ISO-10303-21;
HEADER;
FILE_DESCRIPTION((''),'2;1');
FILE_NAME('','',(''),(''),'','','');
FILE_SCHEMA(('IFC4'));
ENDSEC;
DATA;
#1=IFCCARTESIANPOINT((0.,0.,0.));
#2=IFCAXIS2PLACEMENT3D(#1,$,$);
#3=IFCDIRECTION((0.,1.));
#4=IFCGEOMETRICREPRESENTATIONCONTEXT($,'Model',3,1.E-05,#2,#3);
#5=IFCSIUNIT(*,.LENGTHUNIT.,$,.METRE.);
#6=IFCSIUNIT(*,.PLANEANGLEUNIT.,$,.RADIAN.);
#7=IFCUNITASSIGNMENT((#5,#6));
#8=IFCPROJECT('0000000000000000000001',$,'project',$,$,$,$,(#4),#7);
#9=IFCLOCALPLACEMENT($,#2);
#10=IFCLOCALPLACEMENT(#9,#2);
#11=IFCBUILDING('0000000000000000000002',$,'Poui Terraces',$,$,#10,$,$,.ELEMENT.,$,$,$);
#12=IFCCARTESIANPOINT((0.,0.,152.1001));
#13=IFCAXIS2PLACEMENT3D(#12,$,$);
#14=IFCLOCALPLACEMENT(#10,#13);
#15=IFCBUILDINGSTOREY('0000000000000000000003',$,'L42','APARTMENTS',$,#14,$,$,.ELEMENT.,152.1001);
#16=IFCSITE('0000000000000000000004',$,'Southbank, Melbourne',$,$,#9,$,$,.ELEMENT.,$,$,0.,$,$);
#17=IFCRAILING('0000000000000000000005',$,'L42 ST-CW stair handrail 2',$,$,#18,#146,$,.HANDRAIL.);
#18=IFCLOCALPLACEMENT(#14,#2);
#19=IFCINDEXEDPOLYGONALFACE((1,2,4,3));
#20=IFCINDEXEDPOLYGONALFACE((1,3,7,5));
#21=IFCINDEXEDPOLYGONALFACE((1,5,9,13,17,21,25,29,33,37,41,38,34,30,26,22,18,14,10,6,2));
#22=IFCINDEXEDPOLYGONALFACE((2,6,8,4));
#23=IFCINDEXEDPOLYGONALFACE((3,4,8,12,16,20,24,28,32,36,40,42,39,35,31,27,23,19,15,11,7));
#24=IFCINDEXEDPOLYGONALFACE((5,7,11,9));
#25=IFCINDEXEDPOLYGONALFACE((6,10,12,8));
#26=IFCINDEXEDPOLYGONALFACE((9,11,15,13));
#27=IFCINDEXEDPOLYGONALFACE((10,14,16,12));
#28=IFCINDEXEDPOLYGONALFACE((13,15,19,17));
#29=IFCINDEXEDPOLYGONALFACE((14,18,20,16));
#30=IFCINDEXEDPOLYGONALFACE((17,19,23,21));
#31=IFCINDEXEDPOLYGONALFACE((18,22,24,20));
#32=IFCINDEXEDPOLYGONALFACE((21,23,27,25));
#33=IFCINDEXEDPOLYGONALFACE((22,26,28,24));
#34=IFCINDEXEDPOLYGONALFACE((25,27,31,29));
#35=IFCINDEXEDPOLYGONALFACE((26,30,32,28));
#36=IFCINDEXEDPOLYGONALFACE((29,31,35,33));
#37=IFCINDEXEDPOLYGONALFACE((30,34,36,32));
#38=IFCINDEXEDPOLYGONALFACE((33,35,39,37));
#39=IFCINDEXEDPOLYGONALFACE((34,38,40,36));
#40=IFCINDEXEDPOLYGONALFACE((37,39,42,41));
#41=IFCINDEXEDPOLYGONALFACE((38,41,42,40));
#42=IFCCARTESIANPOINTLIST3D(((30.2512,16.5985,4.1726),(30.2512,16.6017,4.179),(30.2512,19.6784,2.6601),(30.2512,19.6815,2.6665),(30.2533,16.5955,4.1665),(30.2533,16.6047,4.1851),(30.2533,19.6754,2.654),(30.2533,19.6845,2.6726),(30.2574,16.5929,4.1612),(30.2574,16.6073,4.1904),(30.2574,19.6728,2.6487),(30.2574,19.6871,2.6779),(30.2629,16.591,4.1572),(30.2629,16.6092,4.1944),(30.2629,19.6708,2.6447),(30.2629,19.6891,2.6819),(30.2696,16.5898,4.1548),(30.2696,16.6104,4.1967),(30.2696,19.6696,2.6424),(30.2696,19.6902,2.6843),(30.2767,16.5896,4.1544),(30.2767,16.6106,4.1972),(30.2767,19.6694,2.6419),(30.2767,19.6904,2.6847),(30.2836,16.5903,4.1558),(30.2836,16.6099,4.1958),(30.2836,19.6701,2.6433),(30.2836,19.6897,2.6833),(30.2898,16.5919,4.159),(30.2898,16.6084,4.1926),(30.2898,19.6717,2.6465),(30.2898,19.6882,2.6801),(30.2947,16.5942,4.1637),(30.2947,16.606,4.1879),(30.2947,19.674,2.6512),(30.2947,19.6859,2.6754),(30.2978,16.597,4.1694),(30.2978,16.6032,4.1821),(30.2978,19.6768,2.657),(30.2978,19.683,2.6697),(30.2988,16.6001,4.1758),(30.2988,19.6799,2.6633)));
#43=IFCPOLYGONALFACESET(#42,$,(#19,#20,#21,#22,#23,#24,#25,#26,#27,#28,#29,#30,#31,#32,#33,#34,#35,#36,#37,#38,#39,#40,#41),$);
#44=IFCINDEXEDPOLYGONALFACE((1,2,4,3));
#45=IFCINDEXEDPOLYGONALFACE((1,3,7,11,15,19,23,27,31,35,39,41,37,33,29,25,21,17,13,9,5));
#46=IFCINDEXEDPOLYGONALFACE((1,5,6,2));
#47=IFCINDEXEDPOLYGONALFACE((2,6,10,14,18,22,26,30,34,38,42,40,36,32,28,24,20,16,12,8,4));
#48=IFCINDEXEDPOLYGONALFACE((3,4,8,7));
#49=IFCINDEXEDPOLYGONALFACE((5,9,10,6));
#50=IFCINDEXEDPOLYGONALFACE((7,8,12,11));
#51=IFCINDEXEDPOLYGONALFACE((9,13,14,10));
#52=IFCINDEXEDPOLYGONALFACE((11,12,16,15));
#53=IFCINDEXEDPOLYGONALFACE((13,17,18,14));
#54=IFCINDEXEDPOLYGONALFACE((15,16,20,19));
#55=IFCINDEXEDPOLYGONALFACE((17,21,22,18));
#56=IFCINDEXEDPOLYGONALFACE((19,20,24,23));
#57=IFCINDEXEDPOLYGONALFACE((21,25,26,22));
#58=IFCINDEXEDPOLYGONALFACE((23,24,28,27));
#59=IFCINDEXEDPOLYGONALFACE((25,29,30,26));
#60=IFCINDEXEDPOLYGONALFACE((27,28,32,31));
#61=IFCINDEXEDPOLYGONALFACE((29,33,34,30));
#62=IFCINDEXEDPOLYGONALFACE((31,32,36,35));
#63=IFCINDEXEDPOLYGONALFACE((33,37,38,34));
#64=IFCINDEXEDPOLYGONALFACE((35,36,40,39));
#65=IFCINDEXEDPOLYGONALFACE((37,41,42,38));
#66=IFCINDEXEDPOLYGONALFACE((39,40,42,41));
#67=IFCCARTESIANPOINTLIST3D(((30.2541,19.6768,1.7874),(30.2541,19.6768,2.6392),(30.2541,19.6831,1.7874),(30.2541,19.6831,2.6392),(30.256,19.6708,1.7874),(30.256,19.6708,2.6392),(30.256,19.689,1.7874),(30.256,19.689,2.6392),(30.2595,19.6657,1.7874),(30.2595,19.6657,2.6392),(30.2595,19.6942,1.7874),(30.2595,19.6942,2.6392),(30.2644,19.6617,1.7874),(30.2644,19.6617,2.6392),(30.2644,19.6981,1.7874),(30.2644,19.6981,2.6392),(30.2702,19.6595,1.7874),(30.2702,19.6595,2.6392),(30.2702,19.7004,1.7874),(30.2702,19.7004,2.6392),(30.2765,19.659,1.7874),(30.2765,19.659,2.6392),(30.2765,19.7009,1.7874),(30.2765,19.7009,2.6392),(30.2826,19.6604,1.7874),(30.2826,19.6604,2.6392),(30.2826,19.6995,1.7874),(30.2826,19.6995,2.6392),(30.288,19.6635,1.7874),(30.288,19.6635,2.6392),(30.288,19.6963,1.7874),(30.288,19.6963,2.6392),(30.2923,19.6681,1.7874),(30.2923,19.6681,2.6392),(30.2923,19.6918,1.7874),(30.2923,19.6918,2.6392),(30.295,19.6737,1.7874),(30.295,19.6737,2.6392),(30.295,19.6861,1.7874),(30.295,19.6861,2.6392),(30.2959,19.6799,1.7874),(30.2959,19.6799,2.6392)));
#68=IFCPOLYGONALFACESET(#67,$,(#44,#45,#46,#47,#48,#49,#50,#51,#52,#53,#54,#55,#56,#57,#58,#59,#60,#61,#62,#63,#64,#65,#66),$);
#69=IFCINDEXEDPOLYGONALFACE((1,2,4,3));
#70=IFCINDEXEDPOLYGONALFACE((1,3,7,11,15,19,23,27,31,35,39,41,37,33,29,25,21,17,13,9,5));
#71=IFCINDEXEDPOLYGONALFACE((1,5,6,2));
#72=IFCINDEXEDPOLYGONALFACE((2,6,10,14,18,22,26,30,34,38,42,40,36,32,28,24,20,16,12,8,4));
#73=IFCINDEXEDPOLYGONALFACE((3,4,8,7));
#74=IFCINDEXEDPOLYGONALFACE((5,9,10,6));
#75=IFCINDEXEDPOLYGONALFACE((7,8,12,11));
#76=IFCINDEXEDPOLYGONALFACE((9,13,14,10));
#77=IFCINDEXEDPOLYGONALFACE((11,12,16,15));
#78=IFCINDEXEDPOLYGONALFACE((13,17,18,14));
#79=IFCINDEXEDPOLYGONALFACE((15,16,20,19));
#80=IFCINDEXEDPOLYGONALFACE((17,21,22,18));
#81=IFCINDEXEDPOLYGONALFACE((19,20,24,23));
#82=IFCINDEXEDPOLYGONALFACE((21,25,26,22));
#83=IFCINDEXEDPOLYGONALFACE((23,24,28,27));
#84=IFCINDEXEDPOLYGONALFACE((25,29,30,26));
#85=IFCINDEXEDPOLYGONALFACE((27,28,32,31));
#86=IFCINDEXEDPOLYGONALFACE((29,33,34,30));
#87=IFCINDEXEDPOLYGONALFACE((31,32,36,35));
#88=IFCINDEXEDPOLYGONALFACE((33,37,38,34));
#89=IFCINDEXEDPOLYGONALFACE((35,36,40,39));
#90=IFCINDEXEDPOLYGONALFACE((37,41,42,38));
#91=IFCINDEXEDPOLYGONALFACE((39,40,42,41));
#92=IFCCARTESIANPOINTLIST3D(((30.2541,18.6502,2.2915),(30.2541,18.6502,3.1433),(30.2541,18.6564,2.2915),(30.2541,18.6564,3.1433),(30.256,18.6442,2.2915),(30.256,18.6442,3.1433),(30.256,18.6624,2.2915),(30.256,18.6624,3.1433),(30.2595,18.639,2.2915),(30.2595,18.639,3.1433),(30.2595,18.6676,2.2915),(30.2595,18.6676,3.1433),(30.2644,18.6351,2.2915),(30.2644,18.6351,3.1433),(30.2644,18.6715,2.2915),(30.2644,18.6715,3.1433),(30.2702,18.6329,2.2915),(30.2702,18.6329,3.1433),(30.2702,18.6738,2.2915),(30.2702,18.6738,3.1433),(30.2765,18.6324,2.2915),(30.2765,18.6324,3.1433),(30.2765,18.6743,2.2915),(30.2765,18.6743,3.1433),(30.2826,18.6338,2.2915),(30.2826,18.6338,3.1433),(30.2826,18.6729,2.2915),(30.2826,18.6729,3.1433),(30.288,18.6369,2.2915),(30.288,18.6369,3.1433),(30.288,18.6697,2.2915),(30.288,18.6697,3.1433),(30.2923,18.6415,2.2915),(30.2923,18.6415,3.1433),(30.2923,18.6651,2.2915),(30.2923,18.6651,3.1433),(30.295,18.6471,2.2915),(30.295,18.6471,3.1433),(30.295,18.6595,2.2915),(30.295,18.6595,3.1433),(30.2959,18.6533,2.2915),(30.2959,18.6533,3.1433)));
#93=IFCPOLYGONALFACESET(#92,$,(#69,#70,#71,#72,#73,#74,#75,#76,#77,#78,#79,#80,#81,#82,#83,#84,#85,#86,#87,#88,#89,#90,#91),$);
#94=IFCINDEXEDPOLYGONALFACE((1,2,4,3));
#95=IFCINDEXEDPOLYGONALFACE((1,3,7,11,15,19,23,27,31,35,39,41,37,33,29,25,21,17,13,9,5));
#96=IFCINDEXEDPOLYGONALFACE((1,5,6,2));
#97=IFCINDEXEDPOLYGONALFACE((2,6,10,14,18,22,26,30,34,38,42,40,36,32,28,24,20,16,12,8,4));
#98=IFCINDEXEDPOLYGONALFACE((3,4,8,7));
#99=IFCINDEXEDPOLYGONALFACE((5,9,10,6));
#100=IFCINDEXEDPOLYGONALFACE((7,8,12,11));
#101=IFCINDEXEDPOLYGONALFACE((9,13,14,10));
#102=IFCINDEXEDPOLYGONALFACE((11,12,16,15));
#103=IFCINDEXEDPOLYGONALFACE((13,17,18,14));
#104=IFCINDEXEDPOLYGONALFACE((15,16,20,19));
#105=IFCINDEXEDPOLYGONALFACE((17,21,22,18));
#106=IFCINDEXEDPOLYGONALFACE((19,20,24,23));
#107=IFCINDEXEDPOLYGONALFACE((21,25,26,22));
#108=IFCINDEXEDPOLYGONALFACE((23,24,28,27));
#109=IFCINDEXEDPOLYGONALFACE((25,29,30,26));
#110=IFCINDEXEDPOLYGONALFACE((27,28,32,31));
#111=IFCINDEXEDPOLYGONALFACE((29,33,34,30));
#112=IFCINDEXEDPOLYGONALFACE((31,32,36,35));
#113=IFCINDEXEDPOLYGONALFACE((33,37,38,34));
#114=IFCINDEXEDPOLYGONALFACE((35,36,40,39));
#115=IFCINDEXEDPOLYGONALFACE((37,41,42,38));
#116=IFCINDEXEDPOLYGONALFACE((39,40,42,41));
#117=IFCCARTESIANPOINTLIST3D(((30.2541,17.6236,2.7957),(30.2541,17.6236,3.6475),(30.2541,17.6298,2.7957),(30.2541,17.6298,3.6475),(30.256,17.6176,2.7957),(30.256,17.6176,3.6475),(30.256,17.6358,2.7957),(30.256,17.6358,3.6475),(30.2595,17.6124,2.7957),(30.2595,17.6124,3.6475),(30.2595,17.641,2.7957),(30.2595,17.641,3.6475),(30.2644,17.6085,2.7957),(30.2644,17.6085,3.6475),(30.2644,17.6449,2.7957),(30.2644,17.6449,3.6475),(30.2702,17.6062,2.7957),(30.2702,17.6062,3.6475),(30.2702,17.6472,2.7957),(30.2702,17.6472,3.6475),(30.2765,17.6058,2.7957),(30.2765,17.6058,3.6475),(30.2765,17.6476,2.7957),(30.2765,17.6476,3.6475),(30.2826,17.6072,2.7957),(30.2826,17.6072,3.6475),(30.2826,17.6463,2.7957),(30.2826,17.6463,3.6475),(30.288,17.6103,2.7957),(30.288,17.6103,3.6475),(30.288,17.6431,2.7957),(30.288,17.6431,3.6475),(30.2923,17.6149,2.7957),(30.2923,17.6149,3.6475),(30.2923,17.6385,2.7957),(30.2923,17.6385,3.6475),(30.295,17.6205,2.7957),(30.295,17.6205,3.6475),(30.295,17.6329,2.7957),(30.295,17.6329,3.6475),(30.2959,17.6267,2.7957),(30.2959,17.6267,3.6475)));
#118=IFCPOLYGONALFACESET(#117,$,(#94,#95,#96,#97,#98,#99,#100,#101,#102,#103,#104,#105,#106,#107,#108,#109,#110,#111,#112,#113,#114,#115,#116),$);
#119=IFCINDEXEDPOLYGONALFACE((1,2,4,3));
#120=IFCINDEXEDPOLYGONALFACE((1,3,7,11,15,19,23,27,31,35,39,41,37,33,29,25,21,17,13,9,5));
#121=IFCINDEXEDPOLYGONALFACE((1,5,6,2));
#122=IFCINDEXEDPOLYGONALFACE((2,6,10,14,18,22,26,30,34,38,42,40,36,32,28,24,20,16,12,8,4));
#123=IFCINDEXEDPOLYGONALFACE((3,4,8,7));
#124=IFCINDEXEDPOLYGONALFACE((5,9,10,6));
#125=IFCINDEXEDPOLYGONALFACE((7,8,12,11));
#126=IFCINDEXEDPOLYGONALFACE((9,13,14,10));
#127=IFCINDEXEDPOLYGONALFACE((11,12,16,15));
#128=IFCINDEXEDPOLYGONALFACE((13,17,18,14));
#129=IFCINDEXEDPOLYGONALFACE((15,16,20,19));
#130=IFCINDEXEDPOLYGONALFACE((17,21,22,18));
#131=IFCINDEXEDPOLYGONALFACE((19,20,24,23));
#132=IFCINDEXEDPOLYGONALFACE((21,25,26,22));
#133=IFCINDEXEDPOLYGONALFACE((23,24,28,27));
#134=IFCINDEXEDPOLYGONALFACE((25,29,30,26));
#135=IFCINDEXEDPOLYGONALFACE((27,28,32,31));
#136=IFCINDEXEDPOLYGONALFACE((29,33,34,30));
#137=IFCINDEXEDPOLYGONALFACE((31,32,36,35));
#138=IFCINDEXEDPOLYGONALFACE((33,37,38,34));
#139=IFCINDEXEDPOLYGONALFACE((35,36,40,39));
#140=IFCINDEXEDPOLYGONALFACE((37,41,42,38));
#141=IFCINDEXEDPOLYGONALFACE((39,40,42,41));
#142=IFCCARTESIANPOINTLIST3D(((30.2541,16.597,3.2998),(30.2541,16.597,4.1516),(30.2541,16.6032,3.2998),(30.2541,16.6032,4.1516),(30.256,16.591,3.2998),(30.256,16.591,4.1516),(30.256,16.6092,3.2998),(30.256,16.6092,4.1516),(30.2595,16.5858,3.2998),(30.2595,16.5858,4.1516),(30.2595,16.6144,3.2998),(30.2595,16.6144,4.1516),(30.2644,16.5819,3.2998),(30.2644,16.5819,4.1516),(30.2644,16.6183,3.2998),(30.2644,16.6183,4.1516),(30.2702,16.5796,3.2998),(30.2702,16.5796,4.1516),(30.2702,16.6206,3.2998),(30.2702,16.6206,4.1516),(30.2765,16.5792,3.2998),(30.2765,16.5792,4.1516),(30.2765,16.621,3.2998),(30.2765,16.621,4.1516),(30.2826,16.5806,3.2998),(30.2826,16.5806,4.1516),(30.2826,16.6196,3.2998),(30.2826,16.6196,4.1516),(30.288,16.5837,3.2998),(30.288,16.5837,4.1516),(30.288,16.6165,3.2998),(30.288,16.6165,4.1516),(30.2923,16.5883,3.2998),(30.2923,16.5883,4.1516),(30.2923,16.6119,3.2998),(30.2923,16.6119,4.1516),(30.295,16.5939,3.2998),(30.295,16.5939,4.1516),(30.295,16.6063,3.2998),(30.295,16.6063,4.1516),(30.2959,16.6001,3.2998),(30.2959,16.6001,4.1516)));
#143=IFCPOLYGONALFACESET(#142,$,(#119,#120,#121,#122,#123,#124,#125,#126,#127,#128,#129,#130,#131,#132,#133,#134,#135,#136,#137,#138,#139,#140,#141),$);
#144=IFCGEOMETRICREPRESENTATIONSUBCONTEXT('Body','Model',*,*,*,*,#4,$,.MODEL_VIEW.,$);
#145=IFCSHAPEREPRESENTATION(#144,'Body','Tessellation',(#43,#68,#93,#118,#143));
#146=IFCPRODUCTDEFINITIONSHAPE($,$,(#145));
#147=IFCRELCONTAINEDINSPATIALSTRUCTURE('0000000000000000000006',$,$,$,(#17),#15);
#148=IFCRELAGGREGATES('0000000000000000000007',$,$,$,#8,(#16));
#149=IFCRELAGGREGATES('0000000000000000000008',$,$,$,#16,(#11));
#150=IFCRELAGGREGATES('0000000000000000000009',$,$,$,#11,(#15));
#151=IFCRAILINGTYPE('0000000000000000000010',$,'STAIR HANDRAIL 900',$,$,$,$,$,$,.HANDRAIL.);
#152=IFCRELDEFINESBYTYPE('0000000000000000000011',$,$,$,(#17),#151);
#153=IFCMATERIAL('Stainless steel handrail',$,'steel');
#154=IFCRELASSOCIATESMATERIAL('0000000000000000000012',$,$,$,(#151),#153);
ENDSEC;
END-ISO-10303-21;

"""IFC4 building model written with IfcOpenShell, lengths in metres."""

from ifc_helpers import new_model, si_unit, direction, frame, origin, origin_2d, place, context, subcontext, project, spatial, circle, extrude, material, type_object, element, save


model = new_model("IFC4")

# Units and contexts
model_context = context("Model", 3, precision=1e-05, world=origin(), true_north=direction((0.0, 1.0)))
body_context = subcontext(model_context, "Body", "Model", "MODEL_VIEW")
ifc_project = project(units=[si_unit("LENGTHUNIT", "METRE"), si_unit("PLANEANGLEUNIT", "RADIAN")], contexts=[model_context])

# Site, building, storey
site_placement = place(None, origin())
site = spatial("IfcSite", under=ifc_project, at=site_placement, Name="Southbank, Melbourne", CompositionType="ELEMENT", RefElevation=0.0)
building_placement = place(site_placement, origin())
building = spatial("IfcBuilding", under=site, at=building_placement, Name="Poui Terraces", CompositionType="ELEMENT")
storey_placement = place(building_placement, frame((0.0, 0.0, 152.1001)))
storey = spatial("IfcBuildingStorey", under=building, at=storey_placement, Name="L42", Description="APARTMENTS", CompositionType="ELEMENT", Elevation=152.1001)

# Railing
ifc_material_1 = material(Name="Stainless steel handrail", Category="steel")
railing_type_1 = type_object("IfcRailingType", Name="STAIR HANDRAIL 900", PredefinedType="HANDRAIL", material=ifc_material_1)
railing_1_placement = place(storey_placement, frame((30.2749, 19.6799, 1.7874)))
element("IfcRailing", 1, at=railing_1_placement, inside=storey, type_object=railing_type_1, Name="L42 ST-CW stair handrail 2", PredefinedType="HANDRAIL", context=body_context, shape_type="SweptSolid", body=[
    extrude(circle(Radius=0.0239, at=origin_2d()), frame((0.0, 0.0, 0.876), z_axis=(0.0, -0.897606, 0.440798), x_axis=(1.0, 0.0, 0.0)), (0.0, 0.0, 1.0), 3.4312),
    extrude(circle(Radius=0.021, at=origin_2d()), origin(), (0.0, 0.0, 1.0), 0.8518),
    extrude(circle(Radius=0.021, at=origin_2d()), frame((0.0, -1.0266, 0.5042)), (0.0, 0.0, 1.0), 0.8518),
    extrude(circle(Radius=0.021, at=origin_2d()), frame((0.0, -2.0532, 1.0083)), (0.0, 0.0, 1.0), 0.8518),
    extrude(circle(Radius=0.021, at=origin_2d()), frame((0.0, -3.0798, 1.5125)), (0.0, 0.0, 1.0), 0.8518),
])

save(model, "model.ifc")
